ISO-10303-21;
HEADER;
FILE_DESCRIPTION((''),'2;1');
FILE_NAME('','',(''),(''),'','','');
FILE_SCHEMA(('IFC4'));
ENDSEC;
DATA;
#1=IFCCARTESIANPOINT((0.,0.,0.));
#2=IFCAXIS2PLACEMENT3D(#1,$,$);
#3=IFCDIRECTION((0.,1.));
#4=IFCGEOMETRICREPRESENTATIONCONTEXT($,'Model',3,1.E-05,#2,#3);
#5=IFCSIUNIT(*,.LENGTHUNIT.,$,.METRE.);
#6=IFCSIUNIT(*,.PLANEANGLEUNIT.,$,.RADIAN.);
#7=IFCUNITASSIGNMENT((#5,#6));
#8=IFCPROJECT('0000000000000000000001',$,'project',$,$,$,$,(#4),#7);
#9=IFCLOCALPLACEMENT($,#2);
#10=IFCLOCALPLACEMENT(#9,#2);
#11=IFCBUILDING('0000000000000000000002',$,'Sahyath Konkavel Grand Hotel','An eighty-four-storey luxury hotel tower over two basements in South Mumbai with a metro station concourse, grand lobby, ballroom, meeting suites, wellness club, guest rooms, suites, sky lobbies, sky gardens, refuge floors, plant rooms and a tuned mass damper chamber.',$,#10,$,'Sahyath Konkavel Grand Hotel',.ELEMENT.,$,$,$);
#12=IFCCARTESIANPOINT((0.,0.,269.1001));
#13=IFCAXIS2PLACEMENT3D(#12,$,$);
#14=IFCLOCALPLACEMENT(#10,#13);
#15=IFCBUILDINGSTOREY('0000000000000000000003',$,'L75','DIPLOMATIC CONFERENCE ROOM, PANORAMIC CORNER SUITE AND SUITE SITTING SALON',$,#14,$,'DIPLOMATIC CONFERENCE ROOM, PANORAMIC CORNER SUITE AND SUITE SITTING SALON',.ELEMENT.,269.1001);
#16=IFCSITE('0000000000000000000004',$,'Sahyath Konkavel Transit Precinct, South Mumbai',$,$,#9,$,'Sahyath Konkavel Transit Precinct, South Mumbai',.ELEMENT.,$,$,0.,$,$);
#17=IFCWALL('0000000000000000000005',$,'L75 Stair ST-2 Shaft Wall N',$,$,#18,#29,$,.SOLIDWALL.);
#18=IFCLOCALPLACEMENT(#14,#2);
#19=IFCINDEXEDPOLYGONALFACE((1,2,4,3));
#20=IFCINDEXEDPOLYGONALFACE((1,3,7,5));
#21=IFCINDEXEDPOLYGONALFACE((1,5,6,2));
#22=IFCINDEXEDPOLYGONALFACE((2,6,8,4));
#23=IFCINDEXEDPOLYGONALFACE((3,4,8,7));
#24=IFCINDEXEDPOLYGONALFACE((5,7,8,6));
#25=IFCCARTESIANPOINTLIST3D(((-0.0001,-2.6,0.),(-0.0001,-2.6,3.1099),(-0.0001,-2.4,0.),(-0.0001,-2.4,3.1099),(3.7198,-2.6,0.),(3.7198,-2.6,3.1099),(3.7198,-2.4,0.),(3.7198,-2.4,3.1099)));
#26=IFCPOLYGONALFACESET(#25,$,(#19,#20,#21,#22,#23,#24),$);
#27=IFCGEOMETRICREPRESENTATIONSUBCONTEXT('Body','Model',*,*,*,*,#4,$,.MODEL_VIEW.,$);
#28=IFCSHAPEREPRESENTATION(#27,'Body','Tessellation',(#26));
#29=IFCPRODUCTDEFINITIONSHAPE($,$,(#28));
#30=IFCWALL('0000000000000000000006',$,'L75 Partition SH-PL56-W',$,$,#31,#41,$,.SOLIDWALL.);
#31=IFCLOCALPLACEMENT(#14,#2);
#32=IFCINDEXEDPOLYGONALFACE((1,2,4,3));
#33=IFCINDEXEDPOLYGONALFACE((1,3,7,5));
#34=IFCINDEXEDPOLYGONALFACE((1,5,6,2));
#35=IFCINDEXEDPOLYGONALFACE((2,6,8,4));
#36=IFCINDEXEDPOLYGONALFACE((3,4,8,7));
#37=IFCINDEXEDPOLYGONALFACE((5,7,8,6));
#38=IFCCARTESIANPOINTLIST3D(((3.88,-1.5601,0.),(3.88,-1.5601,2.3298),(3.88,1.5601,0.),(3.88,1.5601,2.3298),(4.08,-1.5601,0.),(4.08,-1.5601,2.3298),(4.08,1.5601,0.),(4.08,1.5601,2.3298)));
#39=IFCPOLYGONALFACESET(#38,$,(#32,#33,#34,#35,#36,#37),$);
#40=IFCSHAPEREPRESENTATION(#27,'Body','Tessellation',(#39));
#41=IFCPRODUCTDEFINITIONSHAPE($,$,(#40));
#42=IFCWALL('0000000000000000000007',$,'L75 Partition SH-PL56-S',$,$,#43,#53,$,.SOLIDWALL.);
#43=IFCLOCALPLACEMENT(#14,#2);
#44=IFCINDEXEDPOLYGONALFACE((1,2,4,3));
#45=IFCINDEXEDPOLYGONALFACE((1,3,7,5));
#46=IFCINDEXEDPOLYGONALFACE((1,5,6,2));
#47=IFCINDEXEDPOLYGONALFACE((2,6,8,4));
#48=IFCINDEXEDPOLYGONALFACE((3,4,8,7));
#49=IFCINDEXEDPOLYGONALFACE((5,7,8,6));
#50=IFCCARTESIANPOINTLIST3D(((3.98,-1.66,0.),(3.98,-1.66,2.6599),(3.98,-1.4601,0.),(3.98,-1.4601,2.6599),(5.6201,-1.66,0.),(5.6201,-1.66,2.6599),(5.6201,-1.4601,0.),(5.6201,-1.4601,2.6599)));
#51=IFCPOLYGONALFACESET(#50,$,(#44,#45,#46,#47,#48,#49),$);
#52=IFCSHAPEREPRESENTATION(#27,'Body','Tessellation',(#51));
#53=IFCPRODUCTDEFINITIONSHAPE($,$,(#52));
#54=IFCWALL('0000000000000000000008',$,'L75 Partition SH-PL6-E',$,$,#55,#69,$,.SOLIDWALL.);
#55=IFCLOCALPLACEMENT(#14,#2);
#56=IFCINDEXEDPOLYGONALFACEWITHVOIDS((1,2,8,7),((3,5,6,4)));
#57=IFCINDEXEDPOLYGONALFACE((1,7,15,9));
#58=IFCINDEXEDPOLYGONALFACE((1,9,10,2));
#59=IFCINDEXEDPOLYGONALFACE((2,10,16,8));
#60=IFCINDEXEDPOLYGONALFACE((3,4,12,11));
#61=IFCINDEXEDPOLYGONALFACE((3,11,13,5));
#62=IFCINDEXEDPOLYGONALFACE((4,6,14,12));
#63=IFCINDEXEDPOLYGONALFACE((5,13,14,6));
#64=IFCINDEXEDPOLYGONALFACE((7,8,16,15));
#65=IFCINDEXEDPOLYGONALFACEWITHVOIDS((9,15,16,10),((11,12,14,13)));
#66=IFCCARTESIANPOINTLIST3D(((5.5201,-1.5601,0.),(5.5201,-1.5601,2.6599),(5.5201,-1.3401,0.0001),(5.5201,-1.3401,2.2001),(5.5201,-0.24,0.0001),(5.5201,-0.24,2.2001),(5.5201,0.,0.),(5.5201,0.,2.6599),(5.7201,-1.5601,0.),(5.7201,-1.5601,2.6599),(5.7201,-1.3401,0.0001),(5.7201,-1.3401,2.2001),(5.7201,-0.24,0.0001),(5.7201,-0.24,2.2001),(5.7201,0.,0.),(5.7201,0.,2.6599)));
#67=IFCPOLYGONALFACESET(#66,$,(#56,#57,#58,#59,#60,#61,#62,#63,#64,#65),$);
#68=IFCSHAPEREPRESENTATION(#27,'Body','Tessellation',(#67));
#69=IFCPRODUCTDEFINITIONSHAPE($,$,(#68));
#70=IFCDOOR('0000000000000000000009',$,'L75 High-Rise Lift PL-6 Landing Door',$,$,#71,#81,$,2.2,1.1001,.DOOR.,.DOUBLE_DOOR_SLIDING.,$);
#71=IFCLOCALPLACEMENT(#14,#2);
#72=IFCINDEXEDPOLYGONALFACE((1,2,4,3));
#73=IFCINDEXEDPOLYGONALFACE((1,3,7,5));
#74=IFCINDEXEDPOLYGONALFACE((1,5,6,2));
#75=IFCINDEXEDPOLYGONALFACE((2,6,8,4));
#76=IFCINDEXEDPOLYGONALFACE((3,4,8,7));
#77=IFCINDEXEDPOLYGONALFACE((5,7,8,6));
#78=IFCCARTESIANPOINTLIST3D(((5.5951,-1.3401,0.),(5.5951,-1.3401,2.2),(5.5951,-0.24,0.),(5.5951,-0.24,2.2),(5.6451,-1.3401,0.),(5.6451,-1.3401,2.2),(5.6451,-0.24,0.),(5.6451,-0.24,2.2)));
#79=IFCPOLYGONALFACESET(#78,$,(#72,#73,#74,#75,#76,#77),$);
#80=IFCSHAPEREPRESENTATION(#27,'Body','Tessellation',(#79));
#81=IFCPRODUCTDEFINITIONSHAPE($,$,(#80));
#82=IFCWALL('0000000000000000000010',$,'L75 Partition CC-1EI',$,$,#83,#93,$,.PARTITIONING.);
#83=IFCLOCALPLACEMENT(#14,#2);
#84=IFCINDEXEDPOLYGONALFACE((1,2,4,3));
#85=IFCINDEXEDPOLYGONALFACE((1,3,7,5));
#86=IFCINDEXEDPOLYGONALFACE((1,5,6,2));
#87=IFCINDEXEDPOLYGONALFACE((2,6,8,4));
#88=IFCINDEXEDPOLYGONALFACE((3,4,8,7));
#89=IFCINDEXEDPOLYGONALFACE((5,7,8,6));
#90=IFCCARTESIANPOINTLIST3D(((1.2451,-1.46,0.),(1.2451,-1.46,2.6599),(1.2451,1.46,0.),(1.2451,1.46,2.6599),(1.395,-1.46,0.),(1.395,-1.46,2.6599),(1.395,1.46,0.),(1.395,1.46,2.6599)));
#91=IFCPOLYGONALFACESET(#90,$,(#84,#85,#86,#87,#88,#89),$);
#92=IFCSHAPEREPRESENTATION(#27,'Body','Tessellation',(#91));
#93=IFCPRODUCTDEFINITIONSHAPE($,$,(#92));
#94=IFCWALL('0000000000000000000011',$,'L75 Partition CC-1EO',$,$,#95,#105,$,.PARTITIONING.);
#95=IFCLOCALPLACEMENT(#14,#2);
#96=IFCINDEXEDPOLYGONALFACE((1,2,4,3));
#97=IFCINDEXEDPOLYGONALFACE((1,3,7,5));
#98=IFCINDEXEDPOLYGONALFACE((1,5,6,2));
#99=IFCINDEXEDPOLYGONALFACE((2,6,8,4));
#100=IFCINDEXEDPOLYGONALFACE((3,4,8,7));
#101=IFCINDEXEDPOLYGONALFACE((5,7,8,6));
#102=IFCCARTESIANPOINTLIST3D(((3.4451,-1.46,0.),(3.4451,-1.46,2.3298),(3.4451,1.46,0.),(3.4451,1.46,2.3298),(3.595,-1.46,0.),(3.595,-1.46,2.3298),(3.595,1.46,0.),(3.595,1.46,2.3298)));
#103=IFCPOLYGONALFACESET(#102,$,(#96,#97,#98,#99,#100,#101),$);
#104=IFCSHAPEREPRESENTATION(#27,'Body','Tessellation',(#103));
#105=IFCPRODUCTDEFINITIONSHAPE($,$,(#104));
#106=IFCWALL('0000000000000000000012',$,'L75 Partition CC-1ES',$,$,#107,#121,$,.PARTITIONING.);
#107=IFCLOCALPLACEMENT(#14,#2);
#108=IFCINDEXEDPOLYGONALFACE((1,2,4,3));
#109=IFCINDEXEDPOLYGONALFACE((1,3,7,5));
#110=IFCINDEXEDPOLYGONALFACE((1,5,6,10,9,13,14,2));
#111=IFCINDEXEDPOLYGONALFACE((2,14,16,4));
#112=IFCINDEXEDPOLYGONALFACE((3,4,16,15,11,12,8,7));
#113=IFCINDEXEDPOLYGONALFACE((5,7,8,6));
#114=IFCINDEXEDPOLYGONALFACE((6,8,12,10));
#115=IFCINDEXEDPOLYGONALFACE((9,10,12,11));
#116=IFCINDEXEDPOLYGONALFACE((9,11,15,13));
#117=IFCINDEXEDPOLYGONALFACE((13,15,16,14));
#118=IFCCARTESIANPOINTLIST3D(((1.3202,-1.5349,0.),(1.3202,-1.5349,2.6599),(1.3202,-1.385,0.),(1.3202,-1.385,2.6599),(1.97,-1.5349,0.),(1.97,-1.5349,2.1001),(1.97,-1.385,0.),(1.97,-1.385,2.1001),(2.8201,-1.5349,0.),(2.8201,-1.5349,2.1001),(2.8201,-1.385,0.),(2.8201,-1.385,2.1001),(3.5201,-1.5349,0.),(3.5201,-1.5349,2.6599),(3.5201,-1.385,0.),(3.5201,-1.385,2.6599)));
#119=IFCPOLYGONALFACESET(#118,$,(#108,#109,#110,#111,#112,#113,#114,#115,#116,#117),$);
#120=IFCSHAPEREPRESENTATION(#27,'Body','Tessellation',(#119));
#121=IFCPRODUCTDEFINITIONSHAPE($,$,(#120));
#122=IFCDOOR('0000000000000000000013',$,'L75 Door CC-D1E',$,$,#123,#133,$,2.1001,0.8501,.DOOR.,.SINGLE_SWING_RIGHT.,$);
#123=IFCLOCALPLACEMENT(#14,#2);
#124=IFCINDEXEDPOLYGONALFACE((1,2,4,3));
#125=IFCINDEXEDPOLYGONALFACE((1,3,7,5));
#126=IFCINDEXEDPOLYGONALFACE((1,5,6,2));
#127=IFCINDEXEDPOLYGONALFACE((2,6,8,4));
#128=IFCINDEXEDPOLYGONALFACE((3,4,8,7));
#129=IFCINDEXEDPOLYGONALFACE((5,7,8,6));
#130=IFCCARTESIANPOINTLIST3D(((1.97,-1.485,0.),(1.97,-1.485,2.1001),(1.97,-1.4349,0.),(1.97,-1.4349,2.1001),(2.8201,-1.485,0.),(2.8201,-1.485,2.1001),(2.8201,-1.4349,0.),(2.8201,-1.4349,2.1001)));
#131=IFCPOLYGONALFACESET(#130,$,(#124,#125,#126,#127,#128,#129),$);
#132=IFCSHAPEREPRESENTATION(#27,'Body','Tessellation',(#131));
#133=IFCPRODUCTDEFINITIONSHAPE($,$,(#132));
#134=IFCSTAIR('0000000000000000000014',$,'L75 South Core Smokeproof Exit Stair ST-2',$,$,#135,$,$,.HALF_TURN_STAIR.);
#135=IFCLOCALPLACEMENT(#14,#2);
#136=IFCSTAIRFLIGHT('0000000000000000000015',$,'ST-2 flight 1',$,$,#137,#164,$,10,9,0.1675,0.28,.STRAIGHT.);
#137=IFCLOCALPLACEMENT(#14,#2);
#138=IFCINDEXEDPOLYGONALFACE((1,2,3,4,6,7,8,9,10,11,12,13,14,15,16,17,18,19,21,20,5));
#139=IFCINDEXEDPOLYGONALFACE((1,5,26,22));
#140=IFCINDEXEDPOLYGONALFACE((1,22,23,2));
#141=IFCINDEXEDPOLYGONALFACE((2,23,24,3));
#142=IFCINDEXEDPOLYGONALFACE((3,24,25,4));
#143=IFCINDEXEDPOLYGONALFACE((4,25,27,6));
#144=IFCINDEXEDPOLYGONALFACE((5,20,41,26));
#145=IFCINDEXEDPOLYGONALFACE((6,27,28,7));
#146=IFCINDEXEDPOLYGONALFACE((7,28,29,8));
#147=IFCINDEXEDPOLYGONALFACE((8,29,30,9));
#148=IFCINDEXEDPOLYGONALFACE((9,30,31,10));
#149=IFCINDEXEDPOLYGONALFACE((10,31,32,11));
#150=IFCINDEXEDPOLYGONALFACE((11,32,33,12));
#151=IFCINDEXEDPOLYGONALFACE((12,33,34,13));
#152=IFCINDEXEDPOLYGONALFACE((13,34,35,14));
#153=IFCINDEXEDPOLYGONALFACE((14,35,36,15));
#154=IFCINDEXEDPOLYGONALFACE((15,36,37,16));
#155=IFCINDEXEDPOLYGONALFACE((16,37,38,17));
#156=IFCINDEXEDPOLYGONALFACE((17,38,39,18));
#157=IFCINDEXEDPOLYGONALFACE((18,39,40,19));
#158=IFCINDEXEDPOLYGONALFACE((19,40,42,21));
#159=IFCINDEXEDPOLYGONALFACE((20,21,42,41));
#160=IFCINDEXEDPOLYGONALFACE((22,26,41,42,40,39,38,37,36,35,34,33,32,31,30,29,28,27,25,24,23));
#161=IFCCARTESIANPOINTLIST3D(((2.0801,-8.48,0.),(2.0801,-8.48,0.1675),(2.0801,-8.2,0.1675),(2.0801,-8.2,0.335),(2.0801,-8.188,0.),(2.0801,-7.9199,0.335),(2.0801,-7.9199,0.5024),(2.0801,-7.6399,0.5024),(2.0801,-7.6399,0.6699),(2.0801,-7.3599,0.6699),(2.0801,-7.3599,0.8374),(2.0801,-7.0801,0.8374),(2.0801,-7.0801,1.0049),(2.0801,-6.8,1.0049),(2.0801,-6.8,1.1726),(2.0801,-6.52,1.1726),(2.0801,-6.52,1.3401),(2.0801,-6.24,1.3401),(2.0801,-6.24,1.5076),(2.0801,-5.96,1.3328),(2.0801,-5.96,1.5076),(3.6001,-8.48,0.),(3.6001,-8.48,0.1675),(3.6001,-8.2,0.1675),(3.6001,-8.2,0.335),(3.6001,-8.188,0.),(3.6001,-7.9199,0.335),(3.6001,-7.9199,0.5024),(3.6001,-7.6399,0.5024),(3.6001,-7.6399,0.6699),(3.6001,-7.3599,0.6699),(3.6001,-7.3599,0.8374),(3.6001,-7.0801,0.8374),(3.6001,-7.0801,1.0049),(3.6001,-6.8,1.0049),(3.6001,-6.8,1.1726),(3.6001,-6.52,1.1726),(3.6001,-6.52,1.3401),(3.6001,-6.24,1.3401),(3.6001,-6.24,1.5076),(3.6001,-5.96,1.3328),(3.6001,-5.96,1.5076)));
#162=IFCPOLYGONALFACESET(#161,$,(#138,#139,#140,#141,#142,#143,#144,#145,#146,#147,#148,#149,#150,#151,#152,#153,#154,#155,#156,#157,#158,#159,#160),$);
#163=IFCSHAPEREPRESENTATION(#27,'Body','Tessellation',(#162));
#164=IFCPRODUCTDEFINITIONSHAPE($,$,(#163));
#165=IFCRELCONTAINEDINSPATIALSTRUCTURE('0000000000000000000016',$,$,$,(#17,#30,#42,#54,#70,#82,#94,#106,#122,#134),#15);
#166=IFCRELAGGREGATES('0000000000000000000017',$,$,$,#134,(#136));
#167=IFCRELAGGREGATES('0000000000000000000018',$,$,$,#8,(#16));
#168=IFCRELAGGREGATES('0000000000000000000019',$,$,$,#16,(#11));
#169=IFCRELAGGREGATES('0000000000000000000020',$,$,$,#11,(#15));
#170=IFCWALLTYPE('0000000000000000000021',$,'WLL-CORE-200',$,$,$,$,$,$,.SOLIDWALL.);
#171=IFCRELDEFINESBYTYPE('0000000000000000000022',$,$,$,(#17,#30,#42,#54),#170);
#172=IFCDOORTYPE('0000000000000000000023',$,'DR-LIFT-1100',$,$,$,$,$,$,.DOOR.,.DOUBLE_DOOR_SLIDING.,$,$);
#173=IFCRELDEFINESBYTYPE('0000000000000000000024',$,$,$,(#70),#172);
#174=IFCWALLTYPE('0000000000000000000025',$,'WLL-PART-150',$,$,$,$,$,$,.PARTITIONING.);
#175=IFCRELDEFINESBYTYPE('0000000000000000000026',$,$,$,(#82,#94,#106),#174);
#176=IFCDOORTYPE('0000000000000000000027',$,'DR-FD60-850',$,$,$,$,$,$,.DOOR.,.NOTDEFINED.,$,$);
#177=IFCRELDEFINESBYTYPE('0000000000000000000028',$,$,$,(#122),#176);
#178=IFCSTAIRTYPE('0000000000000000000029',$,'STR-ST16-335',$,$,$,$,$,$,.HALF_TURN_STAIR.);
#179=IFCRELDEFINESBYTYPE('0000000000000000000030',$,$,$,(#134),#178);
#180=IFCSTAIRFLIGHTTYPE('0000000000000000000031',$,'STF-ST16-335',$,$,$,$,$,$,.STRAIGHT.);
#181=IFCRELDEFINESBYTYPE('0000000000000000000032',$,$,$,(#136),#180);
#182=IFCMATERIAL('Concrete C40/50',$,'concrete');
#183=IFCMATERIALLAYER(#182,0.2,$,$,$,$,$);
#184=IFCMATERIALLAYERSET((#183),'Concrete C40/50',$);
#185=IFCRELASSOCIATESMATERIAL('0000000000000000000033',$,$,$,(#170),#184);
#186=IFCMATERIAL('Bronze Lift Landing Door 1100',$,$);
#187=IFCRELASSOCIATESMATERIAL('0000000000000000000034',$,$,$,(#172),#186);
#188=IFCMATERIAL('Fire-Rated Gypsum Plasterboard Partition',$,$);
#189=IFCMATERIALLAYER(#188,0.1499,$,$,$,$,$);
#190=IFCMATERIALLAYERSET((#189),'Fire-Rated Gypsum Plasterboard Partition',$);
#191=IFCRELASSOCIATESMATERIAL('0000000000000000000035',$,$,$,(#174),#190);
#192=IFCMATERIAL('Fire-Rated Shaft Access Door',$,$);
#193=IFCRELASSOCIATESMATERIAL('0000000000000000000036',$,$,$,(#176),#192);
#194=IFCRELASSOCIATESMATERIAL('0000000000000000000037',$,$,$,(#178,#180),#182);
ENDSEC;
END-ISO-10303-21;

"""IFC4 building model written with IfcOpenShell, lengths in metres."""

from ifc_helpers import new_model, si_unit, direction, frame, frame_2d, origin, origin_2d, place, context, subcontext, project, spatial, polyline, rectangle, outline, extrude, source, transform, mapped, material, layer, layer_set, type_object, element, fill, aggregate, save


model = new_model("IFC4")

# Units and contexts
model_context = context("Model", 3, precision=1e-05, world=origin(), true_north=direction((0.0, 1.0)))
body_context = subcontext(model_context, "Body", "Model", "MODEL_VIEW")
ifc_project = project(units=[si_unit("LENGTHUNIT", "METRE"), si_unit("PLANEANGLEUNIT", "RADIAN")], contexts=[model_context])

# Site, building, storey
site_placement = place(None, origin())
site = spatial("IfcSite", under=ifc_project, at=site_placement, Name="Sahyath Konkavel Transit Precinct, South Mumbai", LongName="Sahyath Konkavel Transit Precinct, South Mumbai", CompositionType="ELEMENT", RefElevation=0.0)
building_placement = place(site_placement, origin())
building = spatial("IfcBuilding", under=site, at=building_placement, Name="Sahyath Konkavel Grand Hotel", Description="An eighty-four-storey luxury hotel tower over two basements in South Mumbai with a metro station concourse, grand lobby, ballroom, meeting suites, wellness club, guest rooms, suites, sky lobbies, sky gardens, refuge floors, plant rooms and a tuned mass damper chamber.", LongName="Sahyath Konkavel Grand Hotel", CompositionType="ELEMENT")
storey_placement = place(building_placement, frame((0.0, 0.0, 269.1001)))
storey = spatial("IfcBuildingStorey", under=building, at=storey_placement, Name="L75", Description="DIPLOMATIC CONFERENCE ROOM, PANORAMIC CORNER SUITE AND SUITE SITTING SALON", LongName="DIPLOMATIC CONFERENCE ROOM, PANORAMIC CORNER SUITE AND SUITE SITTING SALON", CompositionType="ELEMENT", Elevation=269.1001)

# Shared definitions
ifc_material_1 = material(Name="Concrete C40/50", Category="concrete")

# Shared definitions
ifc_layer_1 = layer(ifc_material_1, 0.2)
ifc_layer_set_1 = layer_set([ifc_layer_1], Name="Concrete C40/50")
wall_type_1 = type_object("IfcWallType", Name="WLL-CORE-200", PredefinedType="SOLIDWALL", material=ifc_layer_set_1)

# Walls
wall_1_placement = place(storey_placement, frame((0.0, -2.5, 0.0), z_axis=(0.0, 0.0, 1.0), x_axis=(1.0, 0.0, 0.0)))
element("IfcWall", 1, at=wall_1_placement, inside=storey, type_object=wall_type_1, Name="L75 Stair ST-2 Shaft Wall N", PredefinedType="SOLIDWALL", context=body_context, shape_type="SweptSolid", body=[
    extrude(rectangle(XDim=3.72, YDim=0.2, at=frame_2d((1.8599, 0.0))), origin(), (0.0, 0.0, 1.0), 3.1099),
])
wall_2_placement = place(storey_placement, frame((3.98, -1.5601, 0.0), z_axis=(0.0, 0.0, 1.0), x_axis=(0.0, 1.0, 0.0)))
element("IfcWall", 2, at=wall_2_placement, inside=storey, type_object=wall_type_1, Name="L75 Partition SH-PL56-W", PredefinedType="SOLIDWALL", context=body_context, shape_type="SweptSolid", body=[
    extrude(rectangle(XDim=3.1201, YDim=0.2, at=frame_2d((1.5601, 0.0))), origin(), (0.0, 0.0, 1.0), 2.3298),
])
wall_3_placement = place(storey_placement, frame((3.98, -1.5601, 0.0), z_axis=(0.0, 0.0, 1.0), x_axis=(1.0, 0.0, 0.0)))
element("IfcWall", 3, at=wall_3_placement, inside=storey, type_object=wall_type_1, Name="L75 Partition SH-PL56-S", PredefinedType="SOLIDWALL", context=body_context, shape_type="SweptSolid", body=[
    extrude(rectangle(XDim=1.6401, YDim=0.2, at=frame_2d((0.8201, 0.0))), origin(), (0.0, 0.0, 1.0), 2.6599),
])

# Wall, opening, door
wall_4_placement = place(storey_placement, frame((5.6201, -1.5601, 0.0), z_axis=(0.0, 0.0, 1.0), x_axis=(0.0, 1.0, 0.0)))
wall_4 = element("IfcWall", 4, at=wall_4_placement, inside=storey, type_object=wall_type_1, Name="L75 Partition SH-PL6-E", PredefinedType="SOLIDWALL", context=body_context, shape_type="SweptSolid", body=[
    extrude(rectangle(XDim=1.5601, YDim=0.2, at=frame_2d((0.78, 0.0))), origin(), (0.0, 0.0, 1.0), 2.6599),
])
opening_1_placement = place(wall_4_placement, frame((0.22, 0.0, 0.0)))
opening_1 = element("IfcOpeningElement", 5, at=opening_1_placement, cuts=wall_4, PredefinedType="OPENING", context=body_context, shape_type="SweptSolid", body=[
    extrude(rectangle(XDim=1.1001, YDim=2.2, at=frame_2d((0.55, 1.1001))), frame((0.0, 0.1099, 0.0), z_axis=(0.0, -1.0, 0.0), x_axis=(1.0, 0.0, 0.0)), (0.0, 0.0, 1.0), 0.22),
])
ifc_material_2 = material(Name="Bronze Lift Landing Door 1100")
door_type_1 = type_object("IfcDoorType", Name="DR-LIFT-1100", OperationType="DOUBLE_DOOR_SLIDING", PredefinedType="DOOR", material=ifc_material_2)
shared_shape_1 = source(origin(), body_context, "Body", "SweptSolid", [
    extrude(rectangle(XDim=1.1001, YDim=0.05, at=origin_2d()), origin(), (0.0, 0.0, 1.0), 2.2),
])
door_1_placement = place(opening_1_placement, frame((0.55, 0.0, 0.0)))
door_1 = element("IfcDoor", 6, at=door_1_placement, inside=storey, type_object=door_type_1, Name="L75 High-Rise Lift PL-6 Landing Door", OperationType="DOUBLE_DOOR_SLIDING", OverallHeight=2.2, OverallWidth=1.1001, PredefinedType="DOOR", context=body_context, shape_type="MappedRepresentation", body=[
    mapped(shared_shape_1, transform((0.0, 0.0, 0.0), scale=1.0)),
])
fill(opening_1, door_1)

# Walls
ifc_material_3 = material(Name="Fire-Rated Gypsum Plasterboard Partition")
ifc_layer_2 = layer(ifc_material_3, 0.1499)
ifc_layer_set_2 = layer_set([ifc_layer_2], Name="Fire-Rated Gypsum Plasterboard Partition")
wall_type_2 = type_object("IfcWallType", Name="WLL-PART-150", PredefinedType="PARTITIONING", material=ifc_layer_set_2)
wall_5_placement = place(storey_placement, frame((1.3201, -1.46, 0.0), z_axis=(0.0, 0.0, 1.0), x_axis=(0.0, 1.0, 0.0)))
element("IfcWall", 7, at=wall_5_placement, inside=storey, type_object=wall_type_2, Name="L75 Partition CC-1EI", PredefinedType="PARTITIONING", context=body_context, shape_type="SweptSolid", body=[
    extrude(rectangle(XDim=2.9199, YDim=0.1499, at=frame_2d((1.46, 0.0))), origin(), (0.0, 0.0, 1.0), 2.6599),
])
wall_6_placement = place(storey_placement, frame((3.52, -1.46, 0.0), z_axis=(0.0, 0.0, 1.0), x_axis=(0.0, 1.0, 0.0)))
element("IfcWall", 8, at=wall_6_placement, inside=storey, type_object=wall_type_2, Name="L75 Partition CC-1EO", PredefinedType="PARTITIONING", context=body_context, shape_type="SweptSolid", body=[
    extrude(rectangle(XDim=2.9199, YDim=0.1499, at=frame_2d((1.46, 0.0))), origin(), (0.0, 0.0, 1.0), 2.3298),
])

# Wall, opening, door
wall_7_placement = place(storey_placement, frame((1.3201, -1.46, 0.0), z_axis=(0.0, 0.0, 1.0), x_axis=(1.0, 0.0, 0.0)))
wall_7 = element("IfcWall", 9, at=wall_7_placement, inside=storey, type_object=wall_type_2, Name="L75 Partition CC-1ES", PredefinedType="PARTITIONING", context=body_context, shape_type="SweptSolid", body=[
    extrude(rectangle(XDim=2.2, YDim=0.1499, at=frame_2d((1.1001, 0.0))), origin(), (0.0, 0.0, 1.0), 2.6599),
])
opening_2_placement = place(wall_7_placement, frame((0.6499, 0.0, 0.0)))
opening_2 = element("IfcOpeningElement", 10, at=opening_2_placement, cuts=wall_7, PredefinedType="OPENING", context=body_context, shape_type="SweptSolid", body=[
    extrude(rectangle(XDim=0.8501, YDim=2.1001, at=frame_2d((0.425, 1.05))), frame((0.0, 0.085, 0.0), z_axis=(0.0, -1.0, 0.0), x_axis=(1.0, 0.0, 0.0)), (0.0, 0.0, 1.0), 0.1699),
])
ifc_material_4 = material(Name="Fire-Rated Shaft Access Door")
door_type_2 = type_object("IfcDoorType", Name="DR-FD60-850", OperationType="NOTDEFINED", PredefinedType="DOOR", material=ifc_material_4)
shared_shape_2 = source(origin(), body_context, "Body", "SweptSolid", [
    extrude(rectangle(XDim=0.8501, YDim=0.05, at=origin_2d()), origin(), (0.0, 0.0, 1.0), 2.1001),
])
door_2_placement = place(opening_2_placement, frame((0.425, 0.0, 0.0)))
door_2 = element("IfcDoor", 11, at=door_2_placement, inside=storey, type_object=door_type_2, Name="L75 Door CC-D1E", OperationType="SINGLE_SWING_RIGHT", OverallHeight=2.1001, OverallWidth=0.8501, PredefinedType="DOOR", context=body_context, shape_type="MappedRepresentation", body=[
    mapped(shared_shape_2, transform((0.0, 0.0, 0.0), scale=1.0)),
])
fill(opening_2, door_2)

# Stair, stair flight
stair_type = type_object("IfcStairType", Name="STR-ST16-335", PredefinedType="HALF_TURN_STAIR", material=ifc_material_1)
stair_placement = place(storey_placement, origin())
stair = element("IfcStair", 12, at=stair_placement, inside=storey, type_object=stair_type, Name="L75 South Core Smokeproof Exit Stair ST-2", PredefinedType="HALF_TURN_STAIR")
stair_flight_type = type_object("IfcStairFlightType", Name="STF-ST16-335", PredefinedType="STRAIGHT", material=ifc_material_1)
stair_flight_1_placement = place(storey_placement, frame((2.8401, -8.48, 0.0), z_axis=(0.0, 0.0, 1.0), x_axis=(0.0, 1.0, 0.0)))
stair_flight_1 = element("IfcStairFlight", 13, at=stair_flight_1_placement, type_object=stair_flight_type, Name="ST-2 flight 1", NumberOfRisers=10, NumberOfTreads=9, PredefinedType="STRAIGHT", RiserHeight=0.1675, TreadLength=0.28, context=body_context, shape_type="SweptSolid", body=[
    extrude(outline(polyline([(0.0, 0.0), (0.0, 0.1675), (0.28, 0.1675), (0.28, 0.335), (0.5601, 0.335), (0.5601, 0.5024), (0.8401, 0.5024), (0.8401, 0.6699), (1.1201, 0.6699), (1.1201, 0.8374), (1.3999, 0.8374), (1.3999, 1.0049), (1.6799, 1.0049), (1.6799, 1.1726), (1.96, 1.1726), (1.96, 1.3401), (2.24, 1.3401), (2.24, 1.5076), (2.52, 1.5076), (2.52, 1.675), (2.52, 1.3328), (0.292, 0.0), (0.0, 0.0)])), frame((0.0, 0.76, 0.0), z_axis=(0.0, -1.0, 0.0), x_axis=(1.0, 0.0, 0.0)), (0.0, 0.0, 1.0), 1.52),
])
aggregate(stair, [stair_flight_1])

save(model, "model.ifc")
